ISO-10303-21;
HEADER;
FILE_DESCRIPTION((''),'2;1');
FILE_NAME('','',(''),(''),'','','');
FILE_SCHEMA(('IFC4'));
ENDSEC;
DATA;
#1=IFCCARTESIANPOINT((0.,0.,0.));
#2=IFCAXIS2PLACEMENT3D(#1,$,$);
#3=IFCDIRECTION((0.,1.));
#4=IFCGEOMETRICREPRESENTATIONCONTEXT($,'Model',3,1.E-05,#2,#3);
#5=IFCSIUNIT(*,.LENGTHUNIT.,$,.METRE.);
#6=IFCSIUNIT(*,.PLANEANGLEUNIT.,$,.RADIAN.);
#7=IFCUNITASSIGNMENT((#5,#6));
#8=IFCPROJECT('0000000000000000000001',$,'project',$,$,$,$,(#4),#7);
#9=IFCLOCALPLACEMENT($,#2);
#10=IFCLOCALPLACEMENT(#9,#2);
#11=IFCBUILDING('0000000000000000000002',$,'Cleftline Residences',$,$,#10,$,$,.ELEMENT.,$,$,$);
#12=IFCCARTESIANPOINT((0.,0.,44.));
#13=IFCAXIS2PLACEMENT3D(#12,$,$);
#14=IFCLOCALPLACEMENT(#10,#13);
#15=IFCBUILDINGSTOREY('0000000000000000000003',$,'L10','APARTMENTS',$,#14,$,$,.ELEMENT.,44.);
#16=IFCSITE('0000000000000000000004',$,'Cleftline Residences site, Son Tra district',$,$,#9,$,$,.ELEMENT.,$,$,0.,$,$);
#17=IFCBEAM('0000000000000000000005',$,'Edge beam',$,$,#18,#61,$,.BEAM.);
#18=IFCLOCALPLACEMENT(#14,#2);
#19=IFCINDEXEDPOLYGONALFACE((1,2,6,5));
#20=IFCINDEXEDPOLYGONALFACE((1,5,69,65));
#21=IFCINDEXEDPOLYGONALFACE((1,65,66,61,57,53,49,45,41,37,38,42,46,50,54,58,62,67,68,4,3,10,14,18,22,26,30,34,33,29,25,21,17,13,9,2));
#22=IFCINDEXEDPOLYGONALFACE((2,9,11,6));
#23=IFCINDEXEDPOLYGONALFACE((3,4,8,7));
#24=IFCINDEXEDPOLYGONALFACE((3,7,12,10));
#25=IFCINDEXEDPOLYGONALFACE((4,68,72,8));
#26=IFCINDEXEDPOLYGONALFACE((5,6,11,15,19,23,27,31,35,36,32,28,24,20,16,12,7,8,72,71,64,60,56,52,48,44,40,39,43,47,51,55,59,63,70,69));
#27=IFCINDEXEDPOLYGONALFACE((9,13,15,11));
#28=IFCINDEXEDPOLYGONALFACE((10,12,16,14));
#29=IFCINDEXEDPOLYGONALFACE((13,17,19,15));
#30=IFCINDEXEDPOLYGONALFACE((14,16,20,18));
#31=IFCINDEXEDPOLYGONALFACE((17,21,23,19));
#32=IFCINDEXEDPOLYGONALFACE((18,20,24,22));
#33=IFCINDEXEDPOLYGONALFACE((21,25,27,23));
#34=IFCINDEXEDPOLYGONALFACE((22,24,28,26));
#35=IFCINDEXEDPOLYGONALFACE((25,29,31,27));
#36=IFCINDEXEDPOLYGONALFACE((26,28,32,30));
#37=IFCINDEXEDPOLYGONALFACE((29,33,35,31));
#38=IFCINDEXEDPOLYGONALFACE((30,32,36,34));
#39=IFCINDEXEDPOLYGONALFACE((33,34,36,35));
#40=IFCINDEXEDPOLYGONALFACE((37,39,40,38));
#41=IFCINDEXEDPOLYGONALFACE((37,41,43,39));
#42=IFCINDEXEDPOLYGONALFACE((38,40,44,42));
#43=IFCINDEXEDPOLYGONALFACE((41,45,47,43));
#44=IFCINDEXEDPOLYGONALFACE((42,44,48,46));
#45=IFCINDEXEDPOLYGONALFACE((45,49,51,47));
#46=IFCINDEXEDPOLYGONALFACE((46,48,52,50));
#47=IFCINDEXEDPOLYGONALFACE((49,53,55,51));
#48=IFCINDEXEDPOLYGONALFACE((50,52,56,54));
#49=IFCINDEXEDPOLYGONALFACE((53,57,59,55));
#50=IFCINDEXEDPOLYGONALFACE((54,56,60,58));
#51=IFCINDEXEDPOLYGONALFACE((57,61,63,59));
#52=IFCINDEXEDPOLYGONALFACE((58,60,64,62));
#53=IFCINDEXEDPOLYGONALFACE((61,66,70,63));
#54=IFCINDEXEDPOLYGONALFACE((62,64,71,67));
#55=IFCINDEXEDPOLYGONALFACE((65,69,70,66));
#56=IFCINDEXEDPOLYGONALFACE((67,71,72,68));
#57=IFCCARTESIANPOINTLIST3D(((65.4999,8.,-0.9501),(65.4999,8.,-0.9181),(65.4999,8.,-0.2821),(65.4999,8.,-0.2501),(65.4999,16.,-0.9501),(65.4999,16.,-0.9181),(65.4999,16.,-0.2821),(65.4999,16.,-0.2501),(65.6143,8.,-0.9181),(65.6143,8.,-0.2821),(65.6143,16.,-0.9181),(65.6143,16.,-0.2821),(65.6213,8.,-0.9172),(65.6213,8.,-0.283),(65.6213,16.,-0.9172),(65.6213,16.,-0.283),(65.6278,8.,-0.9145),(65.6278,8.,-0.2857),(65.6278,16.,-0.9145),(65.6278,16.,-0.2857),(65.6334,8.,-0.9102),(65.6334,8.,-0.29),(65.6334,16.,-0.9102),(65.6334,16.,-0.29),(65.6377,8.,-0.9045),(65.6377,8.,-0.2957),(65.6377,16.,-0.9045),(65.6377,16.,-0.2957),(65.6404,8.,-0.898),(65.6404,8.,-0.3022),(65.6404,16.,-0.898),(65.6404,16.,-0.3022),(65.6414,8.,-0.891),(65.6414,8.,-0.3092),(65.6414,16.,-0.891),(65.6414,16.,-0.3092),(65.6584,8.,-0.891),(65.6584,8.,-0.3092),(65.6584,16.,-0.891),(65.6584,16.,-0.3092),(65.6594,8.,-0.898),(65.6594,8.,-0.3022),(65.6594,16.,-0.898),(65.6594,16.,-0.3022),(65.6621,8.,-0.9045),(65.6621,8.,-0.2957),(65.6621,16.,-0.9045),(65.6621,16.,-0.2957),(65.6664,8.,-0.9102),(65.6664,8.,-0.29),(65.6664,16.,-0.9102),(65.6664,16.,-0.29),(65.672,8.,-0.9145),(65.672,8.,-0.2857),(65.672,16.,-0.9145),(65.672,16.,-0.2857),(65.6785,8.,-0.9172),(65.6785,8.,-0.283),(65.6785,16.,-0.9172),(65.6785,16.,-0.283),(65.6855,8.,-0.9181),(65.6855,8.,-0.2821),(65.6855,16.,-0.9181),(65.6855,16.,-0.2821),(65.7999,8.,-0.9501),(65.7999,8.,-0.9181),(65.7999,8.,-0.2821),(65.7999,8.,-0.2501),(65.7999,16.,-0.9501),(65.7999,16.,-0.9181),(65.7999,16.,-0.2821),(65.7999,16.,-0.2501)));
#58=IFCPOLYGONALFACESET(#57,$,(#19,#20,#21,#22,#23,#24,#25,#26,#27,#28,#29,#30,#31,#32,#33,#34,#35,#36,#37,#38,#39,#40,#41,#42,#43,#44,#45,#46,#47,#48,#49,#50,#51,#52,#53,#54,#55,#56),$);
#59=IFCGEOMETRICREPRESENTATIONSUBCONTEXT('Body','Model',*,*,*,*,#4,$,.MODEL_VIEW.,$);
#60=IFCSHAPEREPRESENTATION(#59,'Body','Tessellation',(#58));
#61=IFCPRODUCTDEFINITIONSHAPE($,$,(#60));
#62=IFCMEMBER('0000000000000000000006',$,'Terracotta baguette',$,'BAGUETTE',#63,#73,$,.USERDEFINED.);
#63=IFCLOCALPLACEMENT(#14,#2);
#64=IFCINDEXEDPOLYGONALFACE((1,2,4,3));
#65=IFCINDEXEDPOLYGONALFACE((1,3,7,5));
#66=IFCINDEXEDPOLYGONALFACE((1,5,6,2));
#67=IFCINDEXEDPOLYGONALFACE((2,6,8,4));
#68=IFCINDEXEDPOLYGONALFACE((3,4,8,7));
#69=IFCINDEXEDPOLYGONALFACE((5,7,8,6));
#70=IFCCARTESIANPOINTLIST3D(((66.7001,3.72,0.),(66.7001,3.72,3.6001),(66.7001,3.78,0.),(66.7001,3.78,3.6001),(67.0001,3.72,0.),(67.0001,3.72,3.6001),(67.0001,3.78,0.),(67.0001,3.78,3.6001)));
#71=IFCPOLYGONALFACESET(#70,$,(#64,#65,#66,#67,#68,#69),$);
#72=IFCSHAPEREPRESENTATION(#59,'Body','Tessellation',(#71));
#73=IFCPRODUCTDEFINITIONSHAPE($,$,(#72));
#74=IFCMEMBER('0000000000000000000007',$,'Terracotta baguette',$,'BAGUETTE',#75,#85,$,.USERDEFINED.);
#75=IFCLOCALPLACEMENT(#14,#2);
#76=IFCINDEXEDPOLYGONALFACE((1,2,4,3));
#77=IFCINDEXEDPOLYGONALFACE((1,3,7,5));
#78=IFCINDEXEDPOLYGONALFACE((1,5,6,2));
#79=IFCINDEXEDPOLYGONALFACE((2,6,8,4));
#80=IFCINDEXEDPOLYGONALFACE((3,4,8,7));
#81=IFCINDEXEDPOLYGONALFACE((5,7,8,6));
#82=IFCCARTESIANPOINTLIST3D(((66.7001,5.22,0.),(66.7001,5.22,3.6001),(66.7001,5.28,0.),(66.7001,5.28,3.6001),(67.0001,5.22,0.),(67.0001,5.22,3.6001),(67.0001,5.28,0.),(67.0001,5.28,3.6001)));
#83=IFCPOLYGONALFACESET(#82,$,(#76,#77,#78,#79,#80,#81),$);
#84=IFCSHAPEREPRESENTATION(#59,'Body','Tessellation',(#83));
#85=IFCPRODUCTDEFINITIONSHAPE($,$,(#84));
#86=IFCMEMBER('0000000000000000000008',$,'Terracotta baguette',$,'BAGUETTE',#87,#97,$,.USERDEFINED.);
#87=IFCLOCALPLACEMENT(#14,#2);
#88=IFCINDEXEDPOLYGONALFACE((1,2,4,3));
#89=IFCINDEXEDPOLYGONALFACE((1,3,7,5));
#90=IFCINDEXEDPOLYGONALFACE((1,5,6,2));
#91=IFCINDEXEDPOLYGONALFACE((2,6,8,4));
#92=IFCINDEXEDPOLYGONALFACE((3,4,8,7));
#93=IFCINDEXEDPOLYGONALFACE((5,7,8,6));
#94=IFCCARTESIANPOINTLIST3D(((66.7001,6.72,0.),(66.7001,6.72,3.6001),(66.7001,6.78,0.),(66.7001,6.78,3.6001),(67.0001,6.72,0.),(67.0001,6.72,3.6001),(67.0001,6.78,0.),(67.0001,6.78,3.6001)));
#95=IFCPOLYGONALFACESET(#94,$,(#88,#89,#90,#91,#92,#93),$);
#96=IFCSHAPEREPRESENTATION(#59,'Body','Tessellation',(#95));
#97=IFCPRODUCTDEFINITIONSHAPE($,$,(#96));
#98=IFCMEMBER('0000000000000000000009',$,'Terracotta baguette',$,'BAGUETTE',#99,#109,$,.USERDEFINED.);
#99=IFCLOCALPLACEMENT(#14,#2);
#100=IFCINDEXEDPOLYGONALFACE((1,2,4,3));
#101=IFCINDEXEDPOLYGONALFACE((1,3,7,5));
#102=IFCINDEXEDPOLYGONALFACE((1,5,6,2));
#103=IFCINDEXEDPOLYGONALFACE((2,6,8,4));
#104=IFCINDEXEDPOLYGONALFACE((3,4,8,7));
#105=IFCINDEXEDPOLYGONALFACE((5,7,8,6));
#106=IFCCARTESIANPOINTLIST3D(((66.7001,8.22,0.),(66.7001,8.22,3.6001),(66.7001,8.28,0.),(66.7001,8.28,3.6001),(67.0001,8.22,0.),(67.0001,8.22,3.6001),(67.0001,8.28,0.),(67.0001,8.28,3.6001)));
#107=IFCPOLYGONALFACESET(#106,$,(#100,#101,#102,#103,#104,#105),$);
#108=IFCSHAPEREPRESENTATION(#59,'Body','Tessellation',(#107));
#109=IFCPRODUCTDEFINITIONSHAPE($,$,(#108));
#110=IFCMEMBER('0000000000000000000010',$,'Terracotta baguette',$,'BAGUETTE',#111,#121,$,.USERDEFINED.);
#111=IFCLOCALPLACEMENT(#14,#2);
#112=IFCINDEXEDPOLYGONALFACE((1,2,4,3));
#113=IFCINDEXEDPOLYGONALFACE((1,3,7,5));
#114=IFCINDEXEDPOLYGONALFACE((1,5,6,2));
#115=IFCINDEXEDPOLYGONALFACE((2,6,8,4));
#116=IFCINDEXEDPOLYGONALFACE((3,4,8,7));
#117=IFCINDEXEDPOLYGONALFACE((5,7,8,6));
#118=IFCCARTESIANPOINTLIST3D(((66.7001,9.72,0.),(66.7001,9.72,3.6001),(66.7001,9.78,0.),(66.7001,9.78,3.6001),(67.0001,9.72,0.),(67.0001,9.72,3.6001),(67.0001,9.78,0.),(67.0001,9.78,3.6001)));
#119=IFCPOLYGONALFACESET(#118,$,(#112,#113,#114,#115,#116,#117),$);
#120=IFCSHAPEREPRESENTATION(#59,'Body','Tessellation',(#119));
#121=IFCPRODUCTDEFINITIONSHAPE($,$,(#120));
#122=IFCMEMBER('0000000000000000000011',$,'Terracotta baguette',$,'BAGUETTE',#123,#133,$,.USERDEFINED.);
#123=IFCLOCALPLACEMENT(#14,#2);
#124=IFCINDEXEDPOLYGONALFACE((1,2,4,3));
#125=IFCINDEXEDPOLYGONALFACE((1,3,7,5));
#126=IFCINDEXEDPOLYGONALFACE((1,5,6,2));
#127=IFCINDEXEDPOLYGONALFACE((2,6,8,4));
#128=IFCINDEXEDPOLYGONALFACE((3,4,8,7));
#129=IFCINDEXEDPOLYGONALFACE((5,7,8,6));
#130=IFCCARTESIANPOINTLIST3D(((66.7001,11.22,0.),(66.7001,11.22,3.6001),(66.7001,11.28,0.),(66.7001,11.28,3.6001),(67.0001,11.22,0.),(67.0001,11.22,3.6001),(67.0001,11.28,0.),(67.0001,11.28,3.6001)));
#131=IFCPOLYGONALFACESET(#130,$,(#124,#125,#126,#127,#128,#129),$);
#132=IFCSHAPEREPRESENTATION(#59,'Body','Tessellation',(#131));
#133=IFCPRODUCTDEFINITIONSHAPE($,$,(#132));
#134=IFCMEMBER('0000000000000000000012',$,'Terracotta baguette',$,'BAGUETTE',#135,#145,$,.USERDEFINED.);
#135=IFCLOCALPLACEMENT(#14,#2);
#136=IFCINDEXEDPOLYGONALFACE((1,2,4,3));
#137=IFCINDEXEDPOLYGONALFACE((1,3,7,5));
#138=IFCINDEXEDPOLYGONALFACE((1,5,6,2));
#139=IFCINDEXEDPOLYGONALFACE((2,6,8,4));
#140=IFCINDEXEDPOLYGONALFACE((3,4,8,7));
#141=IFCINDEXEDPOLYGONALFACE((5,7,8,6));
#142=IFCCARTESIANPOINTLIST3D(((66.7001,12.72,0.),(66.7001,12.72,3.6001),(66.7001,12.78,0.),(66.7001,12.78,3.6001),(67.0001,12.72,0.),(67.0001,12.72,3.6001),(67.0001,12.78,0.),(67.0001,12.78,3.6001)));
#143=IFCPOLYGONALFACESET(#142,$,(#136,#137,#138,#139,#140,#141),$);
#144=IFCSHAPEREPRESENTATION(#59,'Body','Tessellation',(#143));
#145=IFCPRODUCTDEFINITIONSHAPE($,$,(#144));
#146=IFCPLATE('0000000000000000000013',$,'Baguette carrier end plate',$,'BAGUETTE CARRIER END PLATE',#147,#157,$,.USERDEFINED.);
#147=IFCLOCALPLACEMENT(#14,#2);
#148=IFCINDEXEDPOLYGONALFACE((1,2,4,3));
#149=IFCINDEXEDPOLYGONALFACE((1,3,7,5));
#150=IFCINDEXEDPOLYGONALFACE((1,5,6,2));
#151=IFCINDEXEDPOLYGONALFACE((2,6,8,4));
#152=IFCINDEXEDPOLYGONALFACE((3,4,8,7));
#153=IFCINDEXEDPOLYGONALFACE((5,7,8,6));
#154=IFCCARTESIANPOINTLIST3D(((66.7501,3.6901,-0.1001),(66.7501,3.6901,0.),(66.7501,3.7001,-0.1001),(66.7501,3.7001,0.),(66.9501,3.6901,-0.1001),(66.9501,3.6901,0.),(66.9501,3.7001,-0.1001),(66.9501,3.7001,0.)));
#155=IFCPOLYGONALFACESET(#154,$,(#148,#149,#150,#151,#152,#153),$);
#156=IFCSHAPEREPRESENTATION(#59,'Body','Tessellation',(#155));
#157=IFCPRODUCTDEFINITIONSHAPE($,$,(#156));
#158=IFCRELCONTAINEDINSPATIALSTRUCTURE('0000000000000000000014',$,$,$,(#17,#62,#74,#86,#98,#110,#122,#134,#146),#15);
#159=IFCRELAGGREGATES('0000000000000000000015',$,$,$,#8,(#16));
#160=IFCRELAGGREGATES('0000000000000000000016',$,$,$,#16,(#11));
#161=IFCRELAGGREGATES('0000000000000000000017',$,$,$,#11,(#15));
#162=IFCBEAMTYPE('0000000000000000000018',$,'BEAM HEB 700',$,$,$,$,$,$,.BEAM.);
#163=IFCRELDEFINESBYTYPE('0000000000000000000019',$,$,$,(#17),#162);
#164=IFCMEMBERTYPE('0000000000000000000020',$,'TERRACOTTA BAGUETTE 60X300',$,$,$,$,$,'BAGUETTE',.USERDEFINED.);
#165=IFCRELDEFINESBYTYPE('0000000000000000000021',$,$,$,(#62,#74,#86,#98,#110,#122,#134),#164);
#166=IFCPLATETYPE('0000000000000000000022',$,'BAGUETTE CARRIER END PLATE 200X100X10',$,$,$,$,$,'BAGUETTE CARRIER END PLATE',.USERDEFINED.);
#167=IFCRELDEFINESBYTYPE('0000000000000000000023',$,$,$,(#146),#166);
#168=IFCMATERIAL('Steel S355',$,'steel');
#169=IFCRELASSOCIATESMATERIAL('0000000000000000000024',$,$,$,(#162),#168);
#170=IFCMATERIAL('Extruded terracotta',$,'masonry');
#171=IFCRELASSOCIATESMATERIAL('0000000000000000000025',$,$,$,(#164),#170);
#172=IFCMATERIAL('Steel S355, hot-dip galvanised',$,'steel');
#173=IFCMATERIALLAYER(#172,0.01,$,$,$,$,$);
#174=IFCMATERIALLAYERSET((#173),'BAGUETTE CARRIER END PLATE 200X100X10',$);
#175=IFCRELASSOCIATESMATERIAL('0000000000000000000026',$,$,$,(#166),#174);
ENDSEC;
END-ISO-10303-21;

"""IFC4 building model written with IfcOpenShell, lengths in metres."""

from ifc_helpers import new_model, si_unit, direction, frame, origin, origin_2d, place, context, subcontext, project, spatial, rectangle, i_section, extrude, material, layer, layer_set, material_profile, profile_set, type_object, element, save


model = new_model("IFC4")

# Units and contexts
model_context = context("Model", 3, precision=1e-05, world=origin(), true_north=direction((0.0, 1.0)))
body_context = subcontext(model_context, "Body", "Model", "MODEL_VIEW")
ifc_project = project(units=[si_unit("LENGTHUNIT", "METRE"), si_unit("PLANEANGLEUNIT", "RADIAN")], contexts=[model_context])

# Site, building, storey
site_placement = place(None, origin())
site = spatial("IfcSite", under=ifc_project, at=site_placement, Name="Cleftline Residences site, Son Tra district", CompositionType="ELEMENT", RefElevation=0.0)
building_placement = place(site_placement, origin())
building = spatial("IfcBuilding", under=site, at=building_placement, Name="Cleftline Residences", CompositionType="ELEMENT")
storey_placement = place(building_placement, frame((0.0, 0.0, 44.0)))
storey = spatial("IfcBuildingStorey", under=building, at=storey_placement, Name="L10", Description="APARTMENTS", CompositionType="ELEMENT", Elevation=44.0)

# Beam
ifc_material_1 = material(Name="Steel S355", Category="steel")
ifc_material_profile_1 = material_profile(ifc_material_1, i_section(OverallWidth=0.3, OverallDepth=0.7, WebThickness=0.0171, FlangeThickness=0.032, FilletRadius=0.0271, at=origin_2d()))
ifc_profile_set_1 = profile_set([ifc_material_profile_1], Name="Steel S355")
beam_type = type_object("IfcBeamType", Name="BEAM HEB 700", PredefinedType="BEAM", material=ifc_profile_set_1)
beam_placement = place(storey_placement, frame((65.6499, 8.0, -0.6001), z_axis=(0.0, 1.0, 0.0), x_axis=(-1.0, 0.0, 0.0)))
element("IfcBeam", 1, at=beam_placement, inside=storey, type_object=beam_type, Name="Edge beam", PredefinedType="BEAM", context=body_context, shape_type="SweptSolid", body=[
    extrude(i_section(OverallWidth=0.3, OverallDepth=0.7, WebThickness=0.0171, FlangeThickness=0.032, FilletRadius=0.0271, at=origin_2d()), origin(), (0.0, 0.0, 1.0), 8.0),
])

# Members
ifc_material_2 = material(Name="Extruded terracotta", Category="masonry")
ifc_material_profile_2 = material_profile(ifc_material_2, rectangle(XDim=0.0601, YDim=0.3, at=origin_2d()))
ifc_profile_set_2 = profile_set([ifc_material_profile_2], Name="Extruded terracotta")
member_type_1 = type_object("IfcMemberType", Name="TERRACOTTA BAGUETTE 60X300", ElementType="BAGUETTE", PredefinedType="USERDEFINED", material=ifc_profile_set_2)
for number, where, z_axis, x_axis, name in (
    (2, (66.8501, 3.75, 0.0), (0.0, 0.0, 1.0), (0.0, 1.0, 0.0), "Terracotta baguette"),
    (3, (66.8501, 5.25, 0.0), (0.0, 0.0, 1.0), (0.0, 1.0, 0.0), "Terracotta baguette"),
    (4, (66.8501, 6.75, 0.0), (0.0, 0.0, 1.0), (0.0, 1.0, 0.0), "Terracotta baguette"),
    (5, (66.8501, 8.25, 0.0), (0.0, 0.0, 1.0), (0.0, 1.0, 0.0), "Terracotta baguette"),
    (6, (66.8501, 9.75, 0.0), (0.0, 0.0, 1.0), (0.0, 1.0, 0.0), "Terracotta baguette"),
    (7, (66.8501, 11.25, 0.0), (0.0, 0.0, 1.0), (0.0, 1.0, 0.0), "Terracotta baguette"),
    (8, (66.8501, 12.75, 0.0), (0.0, 0.0, 1.0), (0.0, 1.0, 0.0), "Terracotta baguette"),
):
    element("IfcMember", number, at=place(storey_placement, frame(where, z_axis=z_axis, x_axis=x_axis)), inside=storey, type_object=member_type_1, Name=name, ObjectType="BAGUETTE", PredefinedType="USERDEFINED", context=body_context, shape_type="SweptSolid", body=[
        extrude(rectangle(XDim=0.0601, YDim=0.3, at=origin_2d()), origin(), (0.0, 0.0, 1.0), 3.6001),
    ])

# Plate
ifc_material_3 = material(Name="Steel S355, hot-dip galvanised", Category="steel")
ifc_layer_1 = layer(ifc_material_3, 0.01)
ifc_layer_set_1 = layer_set([ifc_layer_1], Name="BAGUETTE CARRIER END PLATE 200X100X10")
plate_type = type_object("IfcPlateType", Name="BAGUETTE CARRIER END PLATE 200X100X10", ElementType="BAGUETTE CARRIER END PLATE", PredefinedType="USERDEFINED", material=ifc_layer_set_1)
plate_placement = place(storey_placement, frame((66.8501, 3.6951, -0.1001), z_axis=(0.0, 0.0, 1.0), x_axis=(1.0, 0.0, 0.0)))
element("IfcPlate", 9, at=plate_placement, inside=storey, type_object=plate_type, Name="Baguette carrier end plate", ObjectType="BAGUETTE CARRIER END PLATE", PredefinedType="USERDEFINED", context=body_context, shape_type="SweptSolid", body=[
    extrude(rectangle(XDim=0.2, YDim=0.01, at=origin_2d()), origin(), (0.0, 0.0, 1.0), 0.1001),
])

save(model, "model.ifc")
